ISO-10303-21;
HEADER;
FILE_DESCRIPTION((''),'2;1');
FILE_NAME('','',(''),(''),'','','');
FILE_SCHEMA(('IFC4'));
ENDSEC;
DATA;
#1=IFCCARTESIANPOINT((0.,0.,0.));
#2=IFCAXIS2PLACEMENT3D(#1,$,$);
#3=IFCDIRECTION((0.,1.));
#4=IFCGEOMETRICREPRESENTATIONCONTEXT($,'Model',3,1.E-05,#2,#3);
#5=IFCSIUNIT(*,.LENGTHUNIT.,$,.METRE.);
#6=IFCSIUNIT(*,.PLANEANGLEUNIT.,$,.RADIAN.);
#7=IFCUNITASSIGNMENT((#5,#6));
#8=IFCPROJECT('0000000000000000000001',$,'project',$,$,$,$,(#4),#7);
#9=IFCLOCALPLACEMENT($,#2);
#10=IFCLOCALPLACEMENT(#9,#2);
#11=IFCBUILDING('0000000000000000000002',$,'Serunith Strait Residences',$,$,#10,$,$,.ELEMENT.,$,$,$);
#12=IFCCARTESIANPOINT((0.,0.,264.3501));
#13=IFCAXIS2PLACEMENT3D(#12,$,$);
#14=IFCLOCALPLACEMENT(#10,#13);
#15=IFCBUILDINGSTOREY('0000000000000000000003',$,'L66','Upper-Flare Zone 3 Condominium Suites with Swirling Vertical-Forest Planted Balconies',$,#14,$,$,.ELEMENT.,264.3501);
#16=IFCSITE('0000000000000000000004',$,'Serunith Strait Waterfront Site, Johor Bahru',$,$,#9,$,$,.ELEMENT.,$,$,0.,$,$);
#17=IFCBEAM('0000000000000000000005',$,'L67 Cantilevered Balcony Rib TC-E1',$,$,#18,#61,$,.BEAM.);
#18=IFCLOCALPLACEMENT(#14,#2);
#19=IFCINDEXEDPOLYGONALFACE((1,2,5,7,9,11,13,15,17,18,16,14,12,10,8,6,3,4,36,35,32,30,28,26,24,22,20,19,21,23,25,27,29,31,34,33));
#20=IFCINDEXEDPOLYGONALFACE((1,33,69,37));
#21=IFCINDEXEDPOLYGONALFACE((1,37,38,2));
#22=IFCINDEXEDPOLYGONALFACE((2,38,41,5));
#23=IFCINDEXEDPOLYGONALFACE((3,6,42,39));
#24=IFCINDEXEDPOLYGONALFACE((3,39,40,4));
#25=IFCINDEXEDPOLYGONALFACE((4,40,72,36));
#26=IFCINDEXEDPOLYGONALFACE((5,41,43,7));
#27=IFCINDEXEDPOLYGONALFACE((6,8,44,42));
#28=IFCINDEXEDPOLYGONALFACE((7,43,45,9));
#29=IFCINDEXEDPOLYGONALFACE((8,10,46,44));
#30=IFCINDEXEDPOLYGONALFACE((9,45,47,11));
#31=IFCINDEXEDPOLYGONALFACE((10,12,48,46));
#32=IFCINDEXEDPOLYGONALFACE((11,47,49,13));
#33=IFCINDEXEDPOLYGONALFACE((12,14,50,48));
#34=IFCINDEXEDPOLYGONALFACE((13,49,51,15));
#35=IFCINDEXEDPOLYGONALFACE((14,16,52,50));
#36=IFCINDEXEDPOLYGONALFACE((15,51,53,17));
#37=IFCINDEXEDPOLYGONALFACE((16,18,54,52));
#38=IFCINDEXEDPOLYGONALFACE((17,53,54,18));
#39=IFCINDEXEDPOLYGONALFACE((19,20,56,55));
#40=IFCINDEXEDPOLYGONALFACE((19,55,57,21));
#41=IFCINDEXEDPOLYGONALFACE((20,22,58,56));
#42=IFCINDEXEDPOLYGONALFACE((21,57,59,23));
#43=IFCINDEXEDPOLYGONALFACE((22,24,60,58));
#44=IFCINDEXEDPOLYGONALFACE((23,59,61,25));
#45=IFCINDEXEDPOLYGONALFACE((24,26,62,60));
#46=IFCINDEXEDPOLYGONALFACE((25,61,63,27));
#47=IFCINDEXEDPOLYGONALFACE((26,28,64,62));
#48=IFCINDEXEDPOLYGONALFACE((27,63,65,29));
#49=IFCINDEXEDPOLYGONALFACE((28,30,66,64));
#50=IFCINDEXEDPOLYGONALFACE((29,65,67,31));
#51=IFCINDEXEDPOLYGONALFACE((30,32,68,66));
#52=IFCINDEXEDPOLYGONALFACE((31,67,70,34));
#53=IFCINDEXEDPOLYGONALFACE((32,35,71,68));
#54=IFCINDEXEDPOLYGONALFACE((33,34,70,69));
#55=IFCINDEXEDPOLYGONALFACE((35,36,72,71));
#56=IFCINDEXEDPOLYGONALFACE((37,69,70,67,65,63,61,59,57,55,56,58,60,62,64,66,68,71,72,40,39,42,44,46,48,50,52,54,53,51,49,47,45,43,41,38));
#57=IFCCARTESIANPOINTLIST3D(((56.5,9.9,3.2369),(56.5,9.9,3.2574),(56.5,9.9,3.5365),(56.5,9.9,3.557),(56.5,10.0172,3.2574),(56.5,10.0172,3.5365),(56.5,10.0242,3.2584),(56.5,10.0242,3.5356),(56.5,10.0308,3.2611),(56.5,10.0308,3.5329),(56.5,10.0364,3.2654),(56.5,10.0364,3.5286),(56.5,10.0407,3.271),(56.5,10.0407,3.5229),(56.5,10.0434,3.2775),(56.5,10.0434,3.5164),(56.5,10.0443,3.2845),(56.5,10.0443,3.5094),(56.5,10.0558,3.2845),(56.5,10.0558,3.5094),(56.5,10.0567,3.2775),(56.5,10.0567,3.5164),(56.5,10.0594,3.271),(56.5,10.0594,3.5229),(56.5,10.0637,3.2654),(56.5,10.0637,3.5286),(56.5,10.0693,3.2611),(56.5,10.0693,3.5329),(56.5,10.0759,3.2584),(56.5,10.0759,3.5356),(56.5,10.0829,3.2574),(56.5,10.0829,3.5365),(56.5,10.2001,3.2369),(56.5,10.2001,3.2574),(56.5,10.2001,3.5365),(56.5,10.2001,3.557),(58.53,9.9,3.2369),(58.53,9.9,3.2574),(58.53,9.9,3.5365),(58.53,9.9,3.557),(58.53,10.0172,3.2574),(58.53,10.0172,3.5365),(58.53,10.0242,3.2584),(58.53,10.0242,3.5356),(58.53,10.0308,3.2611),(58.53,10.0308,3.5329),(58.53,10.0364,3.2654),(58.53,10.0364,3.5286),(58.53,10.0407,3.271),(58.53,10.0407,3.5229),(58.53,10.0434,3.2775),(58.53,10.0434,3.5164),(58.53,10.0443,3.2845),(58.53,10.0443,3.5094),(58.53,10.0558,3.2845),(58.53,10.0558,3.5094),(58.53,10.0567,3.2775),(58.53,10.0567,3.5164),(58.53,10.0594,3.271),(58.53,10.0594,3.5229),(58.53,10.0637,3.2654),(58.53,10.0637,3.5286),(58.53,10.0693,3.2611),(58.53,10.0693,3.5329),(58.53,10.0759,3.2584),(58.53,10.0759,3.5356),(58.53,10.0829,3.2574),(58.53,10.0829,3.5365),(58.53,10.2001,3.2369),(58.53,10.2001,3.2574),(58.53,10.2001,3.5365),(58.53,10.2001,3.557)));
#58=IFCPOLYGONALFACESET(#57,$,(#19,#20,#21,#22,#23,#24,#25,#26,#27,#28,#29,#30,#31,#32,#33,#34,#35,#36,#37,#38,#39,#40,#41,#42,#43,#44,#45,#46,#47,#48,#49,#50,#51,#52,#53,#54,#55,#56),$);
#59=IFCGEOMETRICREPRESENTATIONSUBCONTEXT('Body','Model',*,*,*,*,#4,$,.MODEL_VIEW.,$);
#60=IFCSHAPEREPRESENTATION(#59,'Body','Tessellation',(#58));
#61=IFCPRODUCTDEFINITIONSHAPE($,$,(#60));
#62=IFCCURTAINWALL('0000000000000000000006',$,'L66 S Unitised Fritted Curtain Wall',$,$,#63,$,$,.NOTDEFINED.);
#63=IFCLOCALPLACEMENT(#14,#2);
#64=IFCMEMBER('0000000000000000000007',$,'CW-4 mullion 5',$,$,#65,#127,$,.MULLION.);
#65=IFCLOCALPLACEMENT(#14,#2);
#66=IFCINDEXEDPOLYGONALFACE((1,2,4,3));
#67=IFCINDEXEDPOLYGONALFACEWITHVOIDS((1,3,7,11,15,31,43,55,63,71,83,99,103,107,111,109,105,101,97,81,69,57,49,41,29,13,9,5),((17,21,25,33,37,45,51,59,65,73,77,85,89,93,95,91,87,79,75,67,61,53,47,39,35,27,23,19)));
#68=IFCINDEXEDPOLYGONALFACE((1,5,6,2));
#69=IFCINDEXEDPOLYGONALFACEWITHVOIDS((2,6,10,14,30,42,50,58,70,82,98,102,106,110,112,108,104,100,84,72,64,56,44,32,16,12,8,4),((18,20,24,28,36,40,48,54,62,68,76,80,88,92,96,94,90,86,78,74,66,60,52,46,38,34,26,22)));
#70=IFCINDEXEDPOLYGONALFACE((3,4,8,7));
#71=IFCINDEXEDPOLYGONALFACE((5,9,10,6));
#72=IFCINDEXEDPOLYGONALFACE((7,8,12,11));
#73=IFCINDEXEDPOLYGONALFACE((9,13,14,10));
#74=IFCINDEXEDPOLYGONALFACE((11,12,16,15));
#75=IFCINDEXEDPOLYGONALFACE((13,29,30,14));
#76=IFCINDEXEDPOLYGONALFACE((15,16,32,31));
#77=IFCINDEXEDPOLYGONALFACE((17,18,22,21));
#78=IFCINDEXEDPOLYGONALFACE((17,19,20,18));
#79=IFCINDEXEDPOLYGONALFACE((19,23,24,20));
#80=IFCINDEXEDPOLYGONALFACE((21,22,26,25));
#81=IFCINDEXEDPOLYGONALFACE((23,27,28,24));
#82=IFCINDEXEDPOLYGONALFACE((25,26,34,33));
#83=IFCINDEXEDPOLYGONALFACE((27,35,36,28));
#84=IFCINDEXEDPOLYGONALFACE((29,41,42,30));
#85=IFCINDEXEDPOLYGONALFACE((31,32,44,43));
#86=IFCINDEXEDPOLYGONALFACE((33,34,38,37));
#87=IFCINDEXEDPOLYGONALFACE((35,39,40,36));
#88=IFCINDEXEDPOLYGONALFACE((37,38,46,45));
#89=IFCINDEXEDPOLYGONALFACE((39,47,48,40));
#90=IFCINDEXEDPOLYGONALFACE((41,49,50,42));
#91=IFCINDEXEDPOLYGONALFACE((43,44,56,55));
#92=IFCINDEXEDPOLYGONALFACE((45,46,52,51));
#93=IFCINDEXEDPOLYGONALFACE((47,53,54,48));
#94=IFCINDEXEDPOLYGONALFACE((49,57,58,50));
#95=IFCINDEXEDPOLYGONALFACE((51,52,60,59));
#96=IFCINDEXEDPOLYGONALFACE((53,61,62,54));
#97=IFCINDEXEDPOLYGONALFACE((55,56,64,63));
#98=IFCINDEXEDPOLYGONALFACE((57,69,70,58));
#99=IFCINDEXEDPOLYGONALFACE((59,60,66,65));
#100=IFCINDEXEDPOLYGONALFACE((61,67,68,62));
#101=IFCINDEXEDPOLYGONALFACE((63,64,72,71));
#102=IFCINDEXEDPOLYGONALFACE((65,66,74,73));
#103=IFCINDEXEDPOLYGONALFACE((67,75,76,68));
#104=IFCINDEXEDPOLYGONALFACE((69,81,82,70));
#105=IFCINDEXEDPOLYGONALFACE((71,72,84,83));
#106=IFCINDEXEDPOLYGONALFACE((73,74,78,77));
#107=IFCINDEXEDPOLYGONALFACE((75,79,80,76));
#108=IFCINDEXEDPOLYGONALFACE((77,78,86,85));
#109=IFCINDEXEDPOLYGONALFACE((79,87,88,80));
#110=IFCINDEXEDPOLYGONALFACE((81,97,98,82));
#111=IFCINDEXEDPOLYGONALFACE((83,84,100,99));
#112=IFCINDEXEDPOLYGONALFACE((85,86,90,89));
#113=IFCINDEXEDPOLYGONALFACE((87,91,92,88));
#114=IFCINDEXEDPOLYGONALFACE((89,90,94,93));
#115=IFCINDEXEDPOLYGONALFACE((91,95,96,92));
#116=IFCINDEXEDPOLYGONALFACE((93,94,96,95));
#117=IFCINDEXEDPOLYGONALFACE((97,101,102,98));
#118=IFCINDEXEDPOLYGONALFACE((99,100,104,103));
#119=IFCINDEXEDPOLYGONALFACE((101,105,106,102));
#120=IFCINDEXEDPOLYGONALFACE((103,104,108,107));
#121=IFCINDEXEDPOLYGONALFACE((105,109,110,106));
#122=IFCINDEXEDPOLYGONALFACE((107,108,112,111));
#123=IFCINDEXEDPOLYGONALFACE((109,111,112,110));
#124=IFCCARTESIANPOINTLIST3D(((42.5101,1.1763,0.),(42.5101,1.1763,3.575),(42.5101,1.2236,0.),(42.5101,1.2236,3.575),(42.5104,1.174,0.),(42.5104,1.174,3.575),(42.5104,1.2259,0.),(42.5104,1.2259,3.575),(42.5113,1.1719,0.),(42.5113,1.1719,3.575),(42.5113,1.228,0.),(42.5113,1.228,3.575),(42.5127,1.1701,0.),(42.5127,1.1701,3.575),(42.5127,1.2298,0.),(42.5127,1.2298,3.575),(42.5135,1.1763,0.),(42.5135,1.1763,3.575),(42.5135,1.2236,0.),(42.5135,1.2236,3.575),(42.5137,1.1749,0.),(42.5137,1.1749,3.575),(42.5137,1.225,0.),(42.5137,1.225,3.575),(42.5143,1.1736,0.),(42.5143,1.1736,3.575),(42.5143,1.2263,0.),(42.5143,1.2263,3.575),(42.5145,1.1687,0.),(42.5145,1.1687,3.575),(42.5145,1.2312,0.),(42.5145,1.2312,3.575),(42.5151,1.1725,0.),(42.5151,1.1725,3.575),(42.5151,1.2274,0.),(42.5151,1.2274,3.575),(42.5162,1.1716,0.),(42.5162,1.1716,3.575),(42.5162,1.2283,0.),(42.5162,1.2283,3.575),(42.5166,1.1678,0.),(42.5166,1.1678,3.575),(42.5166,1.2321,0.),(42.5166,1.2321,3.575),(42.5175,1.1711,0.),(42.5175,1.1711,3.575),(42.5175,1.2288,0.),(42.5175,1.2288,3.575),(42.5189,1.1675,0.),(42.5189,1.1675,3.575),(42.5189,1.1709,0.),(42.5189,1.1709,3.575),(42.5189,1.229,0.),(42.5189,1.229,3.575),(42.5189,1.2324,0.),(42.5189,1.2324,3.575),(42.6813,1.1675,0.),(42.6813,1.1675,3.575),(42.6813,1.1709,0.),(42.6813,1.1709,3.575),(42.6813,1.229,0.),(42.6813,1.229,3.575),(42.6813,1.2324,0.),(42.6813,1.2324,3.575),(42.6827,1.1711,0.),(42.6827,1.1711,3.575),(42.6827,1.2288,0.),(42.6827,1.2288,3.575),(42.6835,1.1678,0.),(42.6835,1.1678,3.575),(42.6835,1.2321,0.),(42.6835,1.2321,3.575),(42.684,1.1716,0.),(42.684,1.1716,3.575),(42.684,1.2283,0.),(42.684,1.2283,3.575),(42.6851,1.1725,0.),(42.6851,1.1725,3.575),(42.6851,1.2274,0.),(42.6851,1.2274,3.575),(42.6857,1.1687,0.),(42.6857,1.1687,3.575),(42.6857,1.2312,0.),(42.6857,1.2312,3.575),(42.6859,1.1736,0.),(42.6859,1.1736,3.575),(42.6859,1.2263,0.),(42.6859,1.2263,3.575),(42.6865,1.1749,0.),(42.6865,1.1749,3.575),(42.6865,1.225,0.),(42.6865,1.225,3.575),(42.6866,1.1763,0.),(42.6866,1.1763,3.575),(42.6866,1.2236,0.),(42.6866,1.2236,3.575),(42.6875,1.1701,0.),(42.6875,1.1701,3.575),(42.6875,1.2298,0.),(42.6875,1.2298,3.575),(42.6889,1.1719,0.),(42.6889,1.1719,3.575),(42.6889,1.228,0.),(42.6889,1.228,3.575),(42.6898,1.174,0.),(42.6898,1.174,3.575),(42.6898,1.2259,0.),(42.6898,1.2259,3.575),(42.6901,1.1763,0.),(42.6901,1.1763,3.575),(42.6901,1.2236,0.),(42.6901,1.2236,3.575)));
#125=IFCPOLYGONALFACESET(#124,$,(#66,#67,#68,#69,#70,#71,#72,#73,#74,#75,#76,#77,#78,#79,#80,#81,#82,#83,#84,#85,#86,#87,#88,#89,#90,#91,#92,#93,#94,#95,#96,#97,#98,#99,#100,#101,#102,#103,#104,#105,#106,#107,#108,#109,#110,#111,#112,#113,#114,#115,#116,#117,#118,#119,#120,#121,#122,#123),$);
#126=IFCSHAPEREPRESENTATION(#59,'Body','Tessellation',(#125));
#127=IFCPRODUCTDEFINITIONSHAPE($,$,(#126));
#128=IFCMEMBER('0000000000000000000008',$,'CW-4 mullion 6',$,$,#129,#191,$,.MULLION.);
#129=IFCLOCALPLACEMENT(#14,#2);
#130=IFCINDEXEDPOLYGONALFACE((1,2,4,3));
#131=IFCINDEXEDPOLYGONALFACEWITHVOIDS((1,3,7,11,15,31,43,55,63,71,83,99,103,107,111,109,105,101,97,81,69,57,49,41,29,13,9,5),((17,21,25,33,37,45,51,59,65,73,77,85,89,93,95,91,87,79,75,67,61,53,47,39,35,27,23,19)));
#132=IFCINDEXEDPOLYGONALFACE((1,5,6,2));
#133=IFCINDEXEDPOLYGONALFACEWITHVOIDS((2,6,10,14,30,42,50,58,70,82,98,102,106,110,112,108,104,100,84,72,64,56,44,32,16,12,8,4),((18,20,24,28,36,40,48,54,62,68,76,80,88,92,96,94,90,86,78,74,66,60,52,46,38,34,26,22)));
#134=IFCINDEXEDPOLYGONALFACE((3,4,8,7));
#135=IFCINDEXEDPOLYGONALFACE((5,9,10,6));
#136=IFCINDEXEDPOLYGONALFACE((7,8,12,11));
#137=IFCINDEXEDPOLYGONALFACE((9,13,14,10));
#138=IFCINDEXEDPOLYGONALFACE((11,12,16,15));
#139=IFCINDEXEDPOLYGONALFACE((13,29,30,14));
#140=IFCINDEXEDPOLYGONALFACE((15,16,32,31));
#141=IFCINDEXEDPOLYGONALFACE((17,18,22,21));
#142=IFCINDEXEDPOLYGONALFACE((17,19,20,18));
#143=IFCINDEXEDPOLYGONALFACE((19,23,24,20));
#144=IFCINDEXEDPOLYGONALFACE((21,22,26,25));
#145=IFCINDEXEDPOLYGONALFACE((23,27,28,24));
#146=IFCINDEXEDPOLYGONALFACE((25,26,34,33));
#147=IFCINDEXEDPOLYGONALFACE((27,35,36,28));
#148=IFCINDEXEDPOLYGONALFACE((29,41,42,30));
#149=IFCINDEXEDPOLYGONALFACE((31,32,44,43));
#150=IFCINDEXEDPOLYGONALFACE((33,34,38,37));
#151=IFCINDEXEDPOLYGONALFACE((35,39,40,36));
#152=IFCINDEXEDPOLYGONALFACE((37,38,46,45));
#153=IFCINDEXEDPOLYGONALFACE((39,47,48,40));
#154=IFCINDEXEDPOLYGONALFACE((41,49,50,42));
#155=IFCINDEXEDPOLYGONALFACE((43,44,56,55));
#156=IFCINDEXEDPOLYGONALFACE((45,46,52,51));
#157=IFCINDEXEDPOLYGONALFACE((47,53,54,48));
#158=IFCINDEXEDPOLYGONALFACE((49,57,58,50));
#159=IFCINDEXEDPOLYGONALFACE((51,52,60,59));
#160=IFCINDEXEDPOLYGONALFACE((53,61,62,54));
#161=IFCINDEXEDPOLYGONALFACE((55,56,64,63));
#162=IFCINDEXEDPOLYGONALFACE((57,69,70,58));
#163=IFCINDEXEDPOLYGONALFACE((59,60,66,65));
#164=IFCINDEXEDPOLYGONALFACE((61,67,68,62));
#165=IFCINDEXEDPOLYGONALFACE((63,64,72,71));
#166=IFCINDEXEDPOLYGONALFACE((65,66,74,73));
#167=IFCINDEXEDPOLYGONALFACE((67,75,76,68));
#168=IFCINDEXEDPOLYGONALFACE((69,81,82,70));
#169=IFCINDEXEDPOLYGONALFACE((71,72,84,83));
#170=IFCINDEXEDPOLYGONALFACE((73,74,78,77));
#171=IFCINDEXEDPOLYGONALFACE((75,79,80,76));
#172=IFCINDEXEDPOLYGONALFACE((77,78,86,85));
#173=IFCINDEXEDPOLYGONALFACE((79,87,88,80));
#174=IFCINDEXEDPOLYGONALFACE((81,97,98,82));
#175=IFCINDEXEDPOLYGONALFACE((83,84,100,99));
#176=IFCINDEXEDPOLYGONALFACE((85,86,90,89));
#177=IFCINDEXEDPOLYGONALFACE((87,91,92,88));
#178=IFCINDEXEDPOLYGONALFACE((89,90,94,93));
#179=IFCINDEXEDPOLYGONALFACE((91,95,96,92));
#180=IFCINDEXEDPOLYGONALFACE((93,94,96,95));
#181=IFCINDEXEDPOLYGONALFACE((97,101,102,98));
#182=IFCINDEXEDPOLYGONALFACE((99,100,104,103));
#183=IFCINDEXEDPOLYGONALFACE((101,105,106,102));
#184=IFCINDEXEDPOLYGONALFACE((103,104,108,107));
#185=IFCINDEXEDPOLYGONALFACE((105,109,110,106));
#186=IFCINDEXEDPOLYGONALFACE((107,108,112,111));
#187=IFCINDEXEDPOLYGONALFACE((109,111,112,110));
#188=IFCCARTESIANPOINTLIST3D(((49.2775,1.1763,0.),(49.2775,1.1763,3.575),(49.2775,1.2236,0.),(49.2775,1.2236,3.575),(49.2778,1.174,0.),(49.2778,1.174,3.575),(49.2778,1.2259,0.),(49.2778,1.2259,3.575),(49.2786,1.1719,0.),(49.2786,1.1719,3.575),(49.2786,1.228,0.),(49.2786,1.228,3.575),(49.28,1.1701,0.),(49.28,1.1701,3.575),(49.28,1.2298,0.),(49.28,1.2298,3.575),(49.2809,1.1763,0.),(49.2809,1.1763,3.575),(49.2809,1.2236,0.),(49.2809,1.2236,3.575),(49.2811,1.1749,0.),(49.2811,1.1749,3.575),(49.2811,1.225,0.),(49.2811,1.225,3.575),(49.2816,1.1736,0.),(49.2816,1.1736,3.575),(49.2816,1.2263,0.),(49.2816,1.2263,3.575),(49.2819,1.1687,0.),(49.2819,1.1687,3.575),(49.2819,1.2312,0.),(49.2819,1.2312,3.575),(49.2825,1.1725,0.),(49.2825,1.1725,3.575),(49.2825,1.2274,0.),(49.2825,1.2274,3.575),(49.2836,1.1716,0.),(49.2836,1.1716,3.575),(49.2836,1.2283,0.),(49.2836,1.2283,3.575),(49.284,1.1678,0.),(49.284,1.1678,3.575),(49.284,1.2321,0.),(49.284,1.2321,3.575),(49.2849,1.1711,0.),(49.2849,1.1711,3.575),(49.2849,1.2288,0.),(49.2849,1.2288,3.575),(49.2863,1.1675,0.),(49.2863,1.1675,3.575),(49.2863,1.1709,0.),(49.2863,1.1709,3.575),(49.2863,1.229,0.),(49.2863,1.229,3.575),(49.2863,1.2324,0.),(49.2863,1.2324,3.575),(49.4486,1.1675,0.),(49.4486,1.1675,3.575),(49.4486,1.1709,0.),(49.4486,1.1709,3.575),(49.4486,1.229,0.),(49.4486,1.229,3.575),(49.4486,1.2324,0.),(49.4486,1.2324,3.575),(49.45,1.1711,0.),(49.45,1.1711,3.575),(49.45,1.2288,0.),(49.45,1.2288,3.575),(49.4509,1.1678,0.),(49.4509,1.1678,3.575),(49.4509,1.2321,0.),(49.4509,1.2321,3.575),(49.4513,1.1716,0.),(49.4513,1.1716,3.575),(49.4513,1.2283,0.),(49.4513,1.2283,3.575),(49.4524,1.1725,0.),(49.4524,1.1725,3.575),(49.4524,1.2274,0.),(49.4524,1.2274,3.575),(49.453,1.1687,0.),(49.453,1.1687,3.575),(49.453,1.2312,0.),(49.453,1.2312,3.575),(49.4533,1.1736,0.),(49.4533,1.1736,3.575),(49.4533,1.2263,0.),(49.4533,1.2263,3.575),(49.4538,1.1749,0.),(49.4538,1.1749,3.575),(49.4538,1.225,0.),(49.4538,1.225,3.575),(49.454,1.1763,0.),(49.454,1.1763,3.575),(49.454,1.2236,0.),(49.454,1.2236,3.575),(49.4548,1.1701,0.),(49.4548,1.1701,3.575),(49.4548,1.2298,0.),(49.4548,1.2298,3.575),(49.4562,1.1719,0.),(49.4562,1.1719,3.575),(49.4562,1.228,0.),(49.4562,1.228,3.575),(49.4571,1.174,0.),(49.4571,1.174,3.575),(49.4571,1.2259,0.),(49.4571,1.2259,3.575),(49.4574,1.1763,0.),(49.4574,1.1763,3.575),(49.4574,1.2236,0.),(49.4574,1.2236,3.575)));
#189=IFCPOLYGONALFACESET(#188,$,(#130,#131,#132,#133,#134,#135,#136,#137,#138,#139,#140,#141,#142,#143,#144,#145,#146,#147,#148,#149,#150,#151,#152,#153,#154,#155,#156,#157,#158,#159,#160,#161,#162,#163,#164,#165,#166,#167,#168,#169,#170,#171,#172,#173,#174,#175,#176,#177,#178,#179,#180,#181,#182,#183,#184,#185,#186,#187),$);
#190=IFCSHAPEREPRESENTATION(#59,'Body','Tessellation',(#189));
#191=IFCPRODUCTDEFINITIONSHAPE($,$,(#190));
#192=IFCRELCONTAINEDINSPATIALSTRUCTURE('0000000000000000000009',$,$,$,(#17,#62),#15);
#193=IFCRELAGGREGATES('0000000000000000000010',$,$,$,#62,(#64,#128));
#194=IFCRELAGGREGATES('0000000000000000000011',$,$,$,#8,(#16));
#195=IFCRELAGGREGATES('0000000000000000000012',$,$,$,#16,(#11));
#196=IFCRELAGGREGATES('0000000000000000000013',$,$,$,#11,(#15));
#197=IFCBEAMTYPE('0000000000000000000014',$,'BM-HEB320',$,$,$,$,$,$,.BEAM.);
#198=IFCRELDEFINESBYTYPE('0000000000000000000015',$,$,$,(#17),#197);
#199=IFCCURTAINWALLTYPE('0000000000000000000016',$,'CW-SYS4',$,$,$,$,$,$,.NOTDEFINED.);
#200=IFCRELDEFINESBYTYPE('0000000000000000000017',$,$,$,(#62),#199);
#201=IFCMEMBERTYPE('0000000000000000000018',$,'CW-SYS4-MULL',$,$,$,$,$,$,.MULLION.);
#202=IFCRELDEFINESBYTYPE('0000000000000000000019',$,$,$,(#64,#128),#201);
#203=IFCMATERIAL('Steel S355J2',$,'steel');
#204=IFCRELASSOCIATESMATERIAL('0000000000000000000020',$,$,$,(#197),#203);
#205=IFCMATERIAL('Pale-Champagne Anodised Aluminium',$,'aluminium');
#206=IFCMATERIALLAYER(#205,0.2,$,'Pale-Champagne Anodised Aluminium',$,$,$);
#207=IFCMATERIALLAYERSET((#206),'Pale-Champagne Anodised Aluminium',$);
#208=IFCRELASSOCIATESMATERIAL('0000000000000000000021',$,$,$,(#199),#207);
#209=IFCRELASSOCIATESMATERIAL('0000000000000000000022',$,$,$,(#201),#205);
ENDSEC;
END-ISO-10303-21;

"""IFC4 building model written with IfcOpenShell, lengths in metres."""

from ifc_helpers import new_model, si_unit, direction, frame, origin, origin_2d, place, context, subcontext, project, spatial, hollow_rectangle, i_section, extrude, source, transform, mapped, material, layer, layer_set, material_profile, profile_set, type_object, element, aggregate, save


model = new_model("IFC4")

# Units and contexts
model_context = context("Model", 3, precision=1e-05, world=origin(), true_north=direction((0.0, 1.0)))
body_context = subcontext(model_context, "Body", "Model", "MODEL_VIEW")
ifc_project = project(units=[si_unit("LENGTHUNIT", "METRE"), si_unit("PLANEANGLEUNIT", "RADIAN")], contexts=[model_context])

# Site, building, storey
site_placement = place(None, origin())
site = spatial("IfcSite", under=ifc_project, at=site_placement, Name="Serunith Strait Waterfront Site, Johor Bahru", CompositionType="ELEMENT", RefElevation=0.0)
building_placement = place(site_placement, origin())
building = spatial("IfcBuilding", under=site, at=building_placement, Name="Serunith Strait Residences", CompositionType="ELEMENT")
storey_placement = place(building_placement, frame((0.0, 0.0, 264.3501)))
storey = spatial("IfcBuildingStorey", under=building, at=storey_placement, Name="L66", Description="Upper-Flare Zone 3 Condominium Suites with Swirling Vertical-Forest Planted Balconies", CompositionType="ELEMENT", Elevation=264.3501)

# Beam
ifc_material_1 = material(Name="Steel S355J2", Category="steel")
ifc_material_profile_1 = material_profile(ifc_material_1, i_section(OverallWidth=0.3, OverallDepth=0.3201, WebThickness=0.0115, FlangeThickness=0.0205, FilletRadius=0.0271, at=origin_2d()), Name="HEB 320")
ifc_profile_set_1 = profile_set([ifc_material_profile_1], Name="Steel S355J2")
beam_type_1 = type_object("IfcBeamType", Name="BM-HEB320", PredefinedType="BEAM", material=ifc_profile_set_1)
shared_shape_1 = source(origin(), body_context, "Body", "SweptSolid", [
    extrude(i_section(OverallWidth=0.3, OverallDepth=0.3201, WebThickness=0.0115, FlangeThickness=0.0205, FilletRadius=0.0271, at=origin_2d()), origin(), (0.0, 0.0, 1.0), 2.03),
])
for number, where, z_axis, x_axis, name in (
    (1, (56.5, 10.05, 3.397), (1.0, 0.0, 0.0), (0.0, 1.0, 0.0), "L67 Cantilevered Balcony Rib TC-E1"),
):
    element("IfcBeam", number, at=place(storey_placement, frame(where, z_axis=z_axis, x_axis=x_axis)), inside=storey, type_object=beam_type_1, Name=name, PredefinedType="BEAM", context=body_context, shape_type="MappedRepresentation", body=[
        mapped(shared_shape_1, transform((0.0, 0.0, 0.0), scale=1.0)),
    ])

# Curtain wall, members
ifc_material_2 = material(Name="Pale-Champagne Anodised Aluminium", Category="aluminium")
ifc_layer_1 = layer(ifc_material_2, 0.2, Name="Pale-Champagne Anodised Aluminium")
ifc_layer_set_1 = layer_set([ifc_layer_1], Name="Pale-Champagne Anodised Aluminium")
curtain_wall_type = type_object("IfcCurtainWallType", Name="CW-SYS4", PredefinedType="NOTDEFINED", material=ifc_layer_set_1)
curtain_wall_1_placement = place(storey_placement, origin())
curtain_wall_1 = element("IfcCurtainWall", 2, at=curtain_wall_1_placement, inside=storey, type_object=curtain_wall_type, Name="L66 S Unitised Fritted Curtain Wall", PredefinedType="NOTDEFINED")
ifc_material_profile_2 = material_profile(ifc_material_2, hollow_rectangle(XDim=0.0649, YDim=0.1799, WallThickness=0.0034, InnerFilletRadius=0.0054, OuterFilletRadius=0.0088, at=origin_2d()), Name="ALU 180x65x3.5")
ifc_profile_set_2 = profile_set([ifc_material_profile_2], Name="Pale-Champagne Anodised Aluminium")
member_type_1 = type_object("IfcMemberType", Name="CW-SYS4-MULL", PredefinedType="MULLION", material=ifc_profile_set_2)
shared_shape_2 = source(origin(), body_context, "Body", "SweptSolid", [
    extrude(hollow_rectangle(XDim=0.0649, YDim=0.1799, WallThickness=0.0034, InnerFilletRadius=0.0054, OuterFilletRadius=0.0088, at=origin_2d()), origin(), (0.0, 0.0, 1.0), 3.575),
])
member_1_placement = place(storey_placement, frame((42.6001, 1.2, 0.0), z_axis=(0.0, 0.0, 1.0), x_axis=(0.0, 1.0, 0.0)))
member_1 = element("IfcMember", 3, at=member_1_placement, type_object=member_type_1, Name="CW-4 mullion 5", PredefinedType="MULLION", context=body_context, shape_type="MappedRepresentation", body=[
    mapped(shared_shape_2, transform((0.0, 0.0, 0.0), scale=1.0)),
])
member_2_placement = place(storey_placement, frame((49.3674, 1.2, 0.0), z_axis=(0.0, 0.0, 1.0), x_axis=(0.0, 1.0, 0.0)))
member_2 = element("IfcMember", 4, at=member_2_placement, type_object=member_type_1, Name="CW-4 mullion 6", PredefinedType="MULLION", context=body_context, shape_type="MappedRepresentation", body=[
    mapped(shared_shape_2, transform((0.0, 0.0, 0.0), scale=1.0)),
])

aggregate(curtain_wall_1, [member_1, member_2])

save(model, "model.ifc")
